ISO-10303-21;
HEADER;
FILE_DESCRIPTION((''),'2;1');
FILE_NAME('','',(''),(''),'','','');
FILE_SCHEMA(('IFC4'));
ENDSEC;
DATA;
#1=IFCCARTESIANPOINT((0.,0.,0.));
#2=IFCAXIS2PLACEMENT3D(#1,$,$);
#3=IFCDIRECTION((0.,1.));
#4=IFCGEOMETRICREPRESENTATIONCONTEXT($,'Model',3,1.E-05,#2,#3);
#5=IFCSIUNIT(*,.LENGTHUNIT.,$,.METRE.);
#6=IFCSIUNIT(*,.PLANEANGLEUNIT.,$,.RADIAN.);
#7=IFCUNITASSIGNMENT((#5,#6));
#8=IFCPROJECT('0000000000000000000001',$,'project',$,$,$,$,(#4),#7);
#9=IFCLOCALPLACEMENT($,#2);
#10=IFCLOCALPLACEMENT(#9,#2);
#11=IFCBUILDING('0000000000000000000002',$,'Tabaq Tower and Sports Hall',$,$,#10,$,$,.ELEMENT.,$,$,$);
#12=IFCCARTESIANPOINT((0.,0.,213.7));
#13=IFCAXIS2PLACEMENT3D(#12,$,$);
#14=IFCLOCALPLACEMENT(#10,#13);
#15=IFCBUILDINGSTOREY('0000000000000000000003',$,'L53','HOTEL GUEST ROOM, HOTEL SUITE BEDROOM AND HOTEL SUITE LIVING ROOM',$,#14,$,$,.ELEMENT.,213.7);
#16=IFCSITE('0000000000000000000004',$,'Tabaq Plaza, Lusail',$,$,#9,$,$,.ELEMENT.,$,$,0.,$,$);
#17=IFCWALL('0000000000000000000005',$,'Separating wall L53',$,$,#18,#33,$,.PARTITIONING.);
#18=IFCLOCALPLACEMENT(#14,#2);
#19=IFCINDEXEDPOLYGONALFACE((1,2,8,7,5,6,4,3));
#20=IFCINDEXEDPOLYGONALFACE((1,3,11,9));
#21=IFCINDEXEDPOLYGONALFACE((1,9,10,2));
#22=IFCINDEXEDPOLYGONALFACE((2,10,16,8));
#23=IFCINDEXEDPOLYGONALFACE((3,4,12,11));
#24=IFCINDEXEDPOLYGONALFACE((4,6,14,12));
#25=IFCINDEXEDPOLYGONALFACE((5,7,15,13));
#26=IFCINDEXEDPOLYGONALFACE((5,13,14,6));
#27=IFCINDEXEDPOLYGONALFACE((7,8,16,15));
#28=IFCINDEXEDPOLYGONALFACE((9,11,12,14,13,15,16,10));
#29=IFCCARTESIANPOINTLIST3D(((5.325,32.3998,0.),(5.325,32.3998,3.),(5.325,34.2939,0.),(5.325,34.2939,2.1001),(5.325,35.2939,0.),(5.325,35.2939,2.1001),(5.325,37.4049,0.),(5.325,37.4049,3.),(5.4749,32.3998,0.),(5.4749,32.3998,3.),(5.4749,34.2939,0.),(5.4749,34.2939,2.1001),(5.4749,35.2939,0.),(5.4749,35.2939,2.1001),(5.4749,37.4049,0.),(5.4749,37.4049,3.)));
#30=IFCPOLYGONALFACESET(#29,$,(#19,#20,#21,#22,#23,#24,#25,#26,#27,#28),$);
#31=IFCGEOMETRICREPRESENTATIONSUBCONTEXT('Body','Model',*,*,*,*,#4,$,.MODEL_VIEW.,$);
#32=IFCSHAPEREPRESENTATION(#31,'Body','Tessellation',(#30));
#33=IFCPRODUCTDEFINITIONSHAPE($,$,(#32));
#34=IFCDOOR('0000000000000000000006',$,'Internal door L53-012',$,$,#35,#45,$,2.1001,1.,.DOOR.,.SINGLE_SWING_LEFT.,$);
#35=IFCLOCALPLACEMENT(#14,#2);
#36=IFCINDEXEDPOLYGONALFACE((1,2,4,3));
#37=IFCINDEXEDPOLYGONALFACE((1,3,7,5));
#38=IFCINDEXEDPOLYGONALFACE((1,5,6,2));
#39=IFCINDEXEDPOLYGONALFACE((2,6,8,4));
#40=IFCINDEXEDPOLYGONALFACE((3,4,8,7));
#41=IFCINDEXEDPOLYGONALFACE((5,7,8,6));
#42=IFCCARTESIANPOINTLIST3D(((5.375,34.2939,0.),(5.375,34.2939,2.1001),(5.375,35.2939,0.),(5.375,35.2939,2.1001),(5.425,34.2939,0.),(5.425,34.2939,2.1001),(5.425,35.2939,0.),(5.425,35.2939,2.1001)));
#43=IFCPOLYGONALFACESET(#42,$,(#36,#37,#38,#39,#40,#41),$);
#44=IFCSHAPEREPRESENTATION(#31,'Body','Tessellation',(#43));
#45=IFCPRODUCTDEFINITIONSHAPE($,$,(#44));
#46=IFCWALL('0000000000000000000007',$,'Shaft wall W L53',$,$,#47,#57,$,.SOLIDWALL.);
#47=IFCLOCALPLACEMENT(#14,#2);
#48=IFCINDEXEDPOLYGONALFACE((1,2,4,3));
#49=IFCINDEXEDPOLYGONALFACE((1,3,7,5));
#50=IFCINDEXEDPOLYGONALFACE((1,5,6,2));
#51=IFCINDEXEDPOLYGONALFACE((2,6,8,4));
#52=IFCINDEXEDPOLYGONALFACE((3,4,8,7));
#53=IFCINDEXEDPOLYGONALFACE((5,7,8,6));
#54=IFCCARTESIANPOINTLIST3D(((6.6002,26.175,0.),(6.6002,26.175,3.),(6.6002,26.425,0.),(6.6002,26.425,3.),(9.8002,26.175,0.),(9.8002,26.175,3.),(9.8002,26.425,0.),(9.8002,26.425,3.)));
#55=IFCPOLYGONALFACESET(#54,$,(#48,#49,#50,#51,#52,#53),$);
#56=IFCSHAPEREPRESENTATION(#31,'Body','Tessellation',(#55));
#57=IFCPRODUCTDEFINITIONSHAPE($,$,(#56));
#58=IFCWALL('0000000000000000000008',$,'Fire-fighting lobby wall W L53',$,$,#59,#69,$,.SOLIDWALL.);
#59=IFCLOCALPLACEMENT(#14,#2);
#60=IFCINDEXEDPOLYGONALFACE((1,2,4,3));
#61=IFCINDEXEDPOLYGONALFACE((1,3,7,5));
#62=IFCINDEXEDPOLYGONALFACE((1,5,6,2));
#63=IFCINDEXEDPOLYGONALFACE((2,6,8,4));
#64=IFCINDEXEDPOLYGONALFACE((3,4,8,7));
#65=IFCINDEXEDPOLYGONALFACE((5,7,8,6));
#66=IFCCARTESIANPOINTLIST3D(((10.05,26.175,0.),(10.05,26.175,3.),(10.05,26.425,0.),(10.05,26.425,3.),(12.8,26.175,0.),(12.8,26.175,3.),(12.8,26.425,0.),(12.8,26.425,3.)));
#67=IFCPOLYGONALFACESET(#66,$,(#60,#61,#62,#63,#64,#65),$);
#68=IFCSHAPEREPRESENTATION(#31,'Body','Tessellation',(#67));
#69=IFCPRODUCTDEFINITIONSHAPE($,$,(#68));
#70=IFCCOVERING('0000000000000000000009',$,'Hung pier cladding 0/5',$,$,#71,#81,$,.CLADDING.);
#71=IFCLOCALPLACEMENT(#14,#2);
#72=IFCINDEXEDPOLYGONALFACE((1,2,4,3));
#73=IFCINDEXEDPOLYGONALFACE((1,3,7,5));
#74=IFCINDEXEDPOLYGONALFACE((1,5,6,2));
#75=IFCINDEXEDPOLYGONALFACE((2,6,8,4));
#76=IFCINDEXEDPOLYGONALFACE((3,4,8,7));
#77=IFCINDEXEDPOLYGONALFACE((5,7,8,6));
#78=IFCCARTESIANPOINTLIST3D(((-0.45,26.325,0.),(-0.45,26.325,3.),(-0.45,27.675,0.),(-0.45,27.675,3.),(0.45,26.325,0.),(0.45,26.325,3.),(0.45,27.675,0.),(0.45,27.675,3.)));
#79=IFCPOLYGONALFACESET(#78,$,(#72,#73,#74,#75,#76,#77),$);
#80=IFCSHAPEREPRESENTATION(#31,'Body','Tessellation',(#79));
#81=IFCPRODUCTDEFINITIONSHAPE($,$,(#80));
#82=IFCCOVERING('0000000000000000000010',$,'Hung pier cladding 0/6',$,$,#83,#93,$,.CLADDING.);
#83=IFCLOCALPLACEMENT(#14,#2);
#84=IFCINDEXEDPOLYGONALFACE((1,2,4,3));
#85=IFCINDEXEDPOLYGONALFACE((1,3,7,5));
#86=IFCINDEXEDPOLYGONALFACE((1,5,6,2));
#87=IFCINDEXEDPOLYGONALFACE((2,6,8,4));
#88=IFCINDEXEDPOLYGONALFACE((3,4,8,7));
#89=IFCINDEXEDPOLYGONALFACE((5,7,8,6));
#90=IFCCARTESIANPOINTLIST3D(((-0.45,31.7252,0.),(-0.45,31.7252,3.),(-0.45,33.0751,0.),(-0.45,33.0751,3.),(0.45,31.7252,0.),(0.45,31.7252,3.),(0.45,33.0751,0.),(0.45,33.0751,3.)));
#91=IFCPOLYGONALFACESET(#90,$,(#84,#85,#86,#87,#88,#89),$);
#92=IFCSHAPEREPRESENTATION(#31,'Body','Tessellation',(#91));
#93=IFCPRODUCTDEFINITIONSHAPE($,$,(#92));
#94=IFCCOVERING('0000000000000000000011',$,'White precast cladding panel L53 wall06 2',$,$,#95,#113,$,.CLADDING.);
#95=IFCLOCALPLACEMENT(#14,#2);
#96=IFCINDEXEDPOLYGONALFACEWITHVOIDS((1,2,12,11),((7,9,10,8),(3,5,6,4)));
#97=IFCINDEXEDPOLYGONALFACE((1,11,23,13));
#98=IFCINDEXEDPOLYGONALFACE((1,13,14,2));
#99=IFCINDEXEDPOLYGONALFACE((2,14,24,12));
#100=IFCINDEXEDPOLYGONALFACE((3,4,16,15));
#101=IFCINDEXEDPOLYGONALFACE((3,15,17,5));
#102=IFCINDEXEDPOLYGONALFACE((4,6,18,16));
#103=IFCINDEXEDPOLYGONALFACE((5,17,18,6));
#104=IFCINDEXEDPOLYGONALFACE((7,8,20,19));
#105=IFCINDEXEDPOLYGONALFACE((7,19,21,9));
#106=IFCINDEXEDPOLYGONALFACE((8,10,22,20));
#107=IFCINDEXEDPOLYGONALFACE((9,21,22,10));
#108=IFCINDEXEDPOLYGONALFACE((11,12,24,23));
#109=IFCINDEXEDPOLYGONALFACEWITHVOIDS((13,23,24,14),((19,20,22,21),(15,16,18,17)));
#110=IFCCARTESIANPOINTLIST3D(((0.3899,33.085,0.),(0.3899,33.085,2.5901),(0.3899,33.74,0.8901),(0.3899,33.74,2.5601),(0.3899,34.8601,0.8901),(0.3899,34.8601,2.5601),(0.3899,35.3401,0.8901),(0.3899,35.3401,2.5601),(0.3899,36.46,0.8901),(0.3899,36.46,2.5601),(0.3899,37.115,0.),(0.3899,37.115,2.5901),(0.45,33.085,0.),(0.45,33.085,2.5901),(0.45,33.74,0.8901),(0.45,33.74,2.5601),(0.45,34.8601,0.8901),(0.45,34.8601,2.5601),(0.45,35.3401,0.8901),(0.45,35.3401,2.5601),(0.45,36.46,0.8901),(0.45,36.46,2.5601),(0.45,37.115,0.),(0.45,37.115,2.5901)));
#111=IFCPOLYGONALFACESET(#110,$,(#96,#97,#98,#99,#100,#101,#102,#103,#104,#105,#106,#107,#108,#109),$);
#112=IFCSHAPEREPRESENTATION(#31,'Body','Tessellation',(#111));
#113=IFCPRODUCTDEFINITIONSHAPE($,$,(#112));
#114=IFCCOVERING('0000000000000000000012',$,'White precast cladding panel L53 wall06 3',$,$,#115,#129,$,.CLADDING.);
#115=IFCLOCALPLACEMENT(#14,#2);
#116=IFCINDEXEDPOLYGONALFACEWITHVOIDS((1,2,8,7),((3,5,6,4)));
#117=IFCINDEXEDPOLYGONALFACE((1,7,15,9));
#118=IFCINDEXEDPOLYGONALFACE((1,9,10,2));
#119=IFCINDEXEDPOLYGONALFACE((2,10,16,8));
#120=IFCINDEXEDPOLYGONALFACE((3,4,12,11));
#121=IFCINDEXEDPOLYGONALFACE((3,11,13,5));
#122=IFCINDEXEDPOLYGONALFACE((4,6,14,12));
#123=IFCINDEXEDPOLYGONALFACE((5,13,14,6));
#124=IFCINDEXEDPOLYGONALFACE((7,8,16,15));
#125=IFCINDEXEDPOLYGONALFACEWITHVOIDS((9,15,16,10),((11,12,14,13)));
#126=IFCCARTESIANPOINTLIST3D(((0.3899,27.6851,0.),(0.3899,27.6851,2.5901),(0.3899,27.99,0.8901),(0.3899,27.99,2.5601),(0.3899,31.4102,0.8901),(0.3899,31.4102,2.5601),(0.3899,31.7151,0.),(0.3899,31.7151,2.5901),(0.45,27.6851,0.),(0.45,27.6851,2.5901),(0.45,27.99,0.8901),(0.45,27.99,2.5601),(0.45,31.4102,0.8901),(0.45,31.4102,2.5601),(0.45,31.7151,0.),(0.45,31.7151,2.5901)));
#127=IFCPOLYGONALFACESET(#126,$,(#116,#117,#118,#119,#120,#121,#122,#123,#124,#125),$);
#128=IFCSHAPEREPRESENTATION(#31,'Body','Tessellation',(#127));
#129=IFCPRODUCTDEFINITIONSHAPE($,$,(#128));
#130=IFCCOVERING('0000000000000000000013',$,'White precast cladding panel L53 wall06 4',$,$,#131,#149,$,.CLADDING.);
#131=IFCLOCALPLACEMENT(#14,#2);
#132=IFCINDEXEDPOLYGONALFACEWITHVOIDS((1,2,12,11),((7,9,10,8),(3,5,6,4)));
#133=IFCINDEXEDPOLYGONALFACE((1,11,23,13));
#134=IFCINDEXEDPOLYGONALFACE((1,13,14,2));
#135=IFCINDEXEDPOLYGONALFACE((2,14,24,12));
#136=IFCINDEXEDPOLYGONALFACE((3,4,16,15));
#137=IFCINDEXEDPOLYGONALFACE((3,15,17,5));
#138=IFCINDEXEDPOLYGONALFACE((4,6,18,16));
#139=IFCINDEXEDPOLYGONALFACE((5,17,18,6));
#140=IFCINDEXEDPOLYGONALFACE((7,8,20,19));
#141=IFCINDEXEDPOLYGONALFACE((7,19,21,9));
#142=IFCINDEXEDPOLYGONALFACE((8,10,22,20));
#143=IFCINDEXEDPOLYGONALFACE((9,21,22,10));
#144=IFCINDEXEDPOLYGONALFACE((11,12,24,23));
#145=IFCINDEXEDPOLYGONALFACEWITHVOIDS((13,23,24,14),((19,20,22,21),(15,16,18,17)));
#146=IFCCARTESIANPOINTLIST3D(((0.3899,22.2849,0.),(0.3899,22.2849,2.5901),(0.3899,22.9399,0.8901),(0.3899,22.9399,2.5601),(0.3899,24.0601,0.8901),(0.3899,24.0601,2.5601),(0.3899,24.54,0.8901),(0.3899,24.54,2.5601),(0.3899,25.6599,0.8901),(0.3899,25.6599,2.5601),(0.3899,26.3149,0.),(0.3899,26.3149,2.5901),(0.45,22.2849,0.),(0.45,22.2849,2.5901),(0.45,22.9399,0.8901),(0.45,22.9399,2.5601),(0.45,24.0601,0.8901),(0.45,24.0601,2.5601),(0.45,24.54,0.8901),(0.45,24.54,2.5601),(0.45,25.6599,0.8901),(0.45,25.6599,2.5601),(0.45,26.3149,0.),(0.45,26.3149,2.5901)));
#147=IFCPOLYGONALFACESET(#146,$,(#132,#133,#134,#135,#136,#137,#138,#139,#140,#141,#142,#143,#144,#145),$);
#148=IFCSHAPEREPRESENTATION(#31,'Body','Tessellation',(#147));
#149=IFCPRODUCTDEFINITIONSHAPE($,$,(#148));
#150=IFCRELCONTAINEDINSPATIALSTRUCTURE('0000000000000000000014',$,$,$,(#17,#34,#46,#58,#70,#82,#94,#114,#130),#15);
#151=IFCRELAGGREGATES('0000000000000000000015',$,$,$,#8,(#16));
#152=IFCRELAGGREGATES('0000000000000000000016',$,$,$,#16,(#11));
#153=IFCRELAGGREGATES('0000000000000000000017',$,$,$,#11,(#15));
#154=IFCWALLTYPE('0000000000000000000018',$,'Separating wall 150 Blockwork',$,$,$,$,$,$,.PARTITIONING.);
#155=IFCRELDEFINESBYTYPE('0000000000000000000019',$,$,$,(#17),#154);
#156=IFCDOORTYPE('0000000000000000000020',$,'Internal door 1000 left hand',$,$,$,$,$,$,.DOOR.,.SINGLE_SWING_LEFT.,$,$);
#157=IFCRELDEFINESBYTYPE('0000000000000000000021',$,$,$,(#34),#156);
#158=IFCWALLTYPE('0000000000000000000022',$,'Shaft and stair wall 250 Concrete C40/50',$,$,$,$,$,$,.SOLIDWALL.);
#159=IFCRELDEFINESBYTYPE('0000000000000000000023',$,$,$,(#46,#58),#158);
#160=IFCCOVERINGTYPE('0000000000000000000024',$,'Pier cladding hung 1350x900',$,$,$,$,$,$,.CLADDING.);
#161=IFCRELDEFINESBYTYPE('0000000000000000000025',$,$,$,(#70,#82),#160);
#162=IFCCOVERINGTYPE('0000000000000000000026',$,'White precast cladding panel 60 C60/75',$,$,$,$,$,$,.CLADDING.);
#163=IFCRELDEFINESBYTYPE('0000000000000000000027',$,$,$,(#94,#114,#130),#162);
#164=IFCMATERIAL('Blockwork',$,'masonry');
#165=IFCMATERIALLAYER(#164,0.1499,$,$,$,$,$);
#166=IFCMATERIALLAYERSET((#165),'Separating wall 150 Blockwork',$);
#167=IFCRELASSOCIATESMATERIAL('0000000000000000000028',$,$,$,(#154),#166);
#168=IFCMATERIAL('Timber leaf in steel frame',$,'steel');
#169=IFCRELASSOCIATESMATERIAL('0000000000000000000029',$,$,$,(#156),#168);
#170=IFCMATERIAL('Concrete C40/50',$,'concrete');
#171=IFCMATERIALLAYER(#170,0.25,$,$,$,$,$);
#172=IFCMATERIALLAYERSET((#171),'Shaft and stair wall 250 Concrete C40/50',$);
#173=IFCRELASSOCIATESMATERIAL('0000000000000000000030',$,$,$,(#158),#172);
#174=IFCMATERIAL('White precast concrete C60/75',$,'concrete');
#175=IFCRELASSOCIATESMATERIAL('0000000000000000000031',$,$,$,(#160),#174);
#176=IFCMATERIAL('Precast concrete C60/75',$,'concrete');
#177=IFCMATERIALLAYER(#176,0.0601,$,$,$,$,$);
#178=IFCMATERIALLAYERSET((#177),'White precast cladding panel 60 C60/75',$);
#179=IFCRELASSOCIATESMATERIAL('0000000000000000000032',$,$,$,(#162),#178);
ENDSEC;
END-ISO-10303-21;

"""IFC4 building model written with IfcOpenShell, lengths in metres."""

from ifc_helpers import new_model, si_unit, direction, frame, frame_2d, origin, place, context, subcontext, project, spatial, polyline, rectangle, outline, extrude, material, layer, layer_set, type_object, element, fill, save


model = new_model("IFC4")

# Units and contexts
model_context = context("Model", 3, precision=1e-05, world=origin(), true_north=direction((0.0, 1.0)))
body_context = subcontext(model_context, "Body", "Model", "MODEL_VIEW")
ifc_project = project(units=[si_unit("LENGTHUNIT", "METRE"), si_unit("PLANEANGLEUNIT", "RADIAN")], contexts=[model_context])

# Site, building, storey
site_placement = place(None, origin())
site = spatial("IfcSite", under=ifc_project, at=site_placement, Name="Tabaq Plaza, Lusail", CompositionType="ELEMENT", RefElevation=0.0)
building_placement = place(site_placement, origin())
building = spatial("IfcBuilding", under=site, at=building_placement, Name="Tabaq Tower and Sports Hall", CompositionType="ELEMENT")
storey_placement = place(building_placement, frame((0.0, 0.0, 213.7)))
storey = spatial("IfcBuildingStorey", under=building, at=storey_placement, Name="L53", Description="HOTEL GUEST ROOM, HOTEL SUITE BEDROOM AND HOTEL SUITE LIVING ROOM", CompositionType="ELEMENT", Elevation=213.7)

# Shared definitions
ifc_material_1 = material(Name="Blockwork", Category="masonry")
ifc_layer_1 = layer(ifc_material_1, 0.1499)
ifc_layer_set_1 = layer_set([ifc_layer_1], Name="Separating wall 150 Blockwork")
wall_type_1 = type_object("IfcWallType", Name="Separating wall 150 Blockwork", PredefinedType="PARTITIONING", material=ifc_layer_set_1)

# Wall, opening, door
wall_1_placement = place(storey_placement, frame((5.3999, 32.3999, 0.0), z_axis=(0.0, 0.0, 1.0), x_axis=(0.0, 1.0, 0.0)))
wall_1 = element("IfcWall", 1, at=wall_1_placement, inside=storey, type_object=wall_type_1, Name="Separating wall L53", PredefinedType="PARTITIONING", context=body_context, shape_type="SweptSolid", body=[
    extrude(rectangle(XDim=5.0051, YDim=0.1499, at=frame_2d((2.5024, 0.0))), origin(), (0.0, 0.0, 1.0), 3.0),
])
opening_1_placement = place(wall_1_placement, frame((1.894, 0.0, 0.0)))
opening_1 = element("IfcOpeningElement", 2, at=opening_1_placement, cuts=wall_1, PredefinedType="OPENING", context=body_context, shape_type="SweptSolid", body=[
    extrude(rectangle(XDim=1.0, YDim=2.1001, at=frame_2d((0.5, 1.05))), frame((0.0, 0.075, 0.0), z_axis=(0.0, -1.0, 0.0), x_axis=(1.0, 0.0, 0.0)), (0.0, 0.0, 1.0), 0.1499),
])
ifc_material_2 = material(Name="Timber leaf in steel frame", Category="steel")
door_type_1 = type_object("IfcDoorType", Name="Internal door 1000 left hand", OperationType="SINGLE_SWING_LEFT", PredefinedType="DOOR", material=ifc_material_2)
door_1_placement = place(opening_1_placement, origin())
door_1 = element("IfcDoor", 3, at=door_1_placement, inside=storey, type_object=door_type_1, Name="Internal door L53-012", OperationType="SINGLE_SWING_LEFT", OverallHeight=2.1001, OverallWidth=1.0, PredefinedType="DOOR", context=body_context, shape_type="SweptSolid", body=[
    extrude(rectangle(XDim=1.0, YDim=2.1001, at=frame_2d((0.5, 1.05))), frame((0.0, 0.0249, 0.0), z_axis=(0.0, -1.0, 0.0), x_axis=(1.0, 0.0, 0.0)), (0.0, 0.0, 1.0), 0.05),
])
fill(opening_1, door_1)

# Walls
ifc_material_3 = material(Name="Concrete C40/50", Category="concrete")
ifc_layer_2 = layer(ifc_material_3, 0.25)
ifc_layer_set_2 = layer_set([ifc_layer_2], Name="Shaft and stair wall 250 Concrete C40/50")
wall_type_2 = type_object("IfcWallType", Name="Shaft and stair wall 250 Concrete C40/50", PredefinedType="SOLIDWALL", material=ifc_layer_set_2)
wall_2_placement = place(storey_placement, frame((6.6001, 26.3, 0.0), z_axis=(0.0, 0.0, 1.0), x_axis=(1.0, 0.0, 0.0)))
element("IfcWall", 4, at=wall_2_placement, inside=storey, type_object=wall_type_2, Name="Shaft wall W L53", PredefinedType="SOLIDWALL", context=body_context, shape_type="SweptSolid", body=[
    extrude(rectangle(XDim=3.2, YDim=0.25, at=frame_2d((1.6001, 0.0))), origin(), (0.0, 0.0, 1.0), 3.0),
])
wall_3_placement = place(storey_placement, frame((10.05, 26.3, 0.0), z_axis=(0.0, 0.0, 1.0), x_axis=(1.0, 0.0, 0.0)))
element("IfcWall", 5, at=wall_3_placement, inside=storey, type_object=wall_type_2, Name="Fire-fighting lobby wall W L53", PredefinedType="SOLIDWALL", context=body_context, shape_type="SweptSolid", body=[
    extrude(rectangle(XDim=2.75, YDim=0.25, at=frame_2d((1.375, 0.0))), origin(), (0.0, 0.0, 1.0), 3.0),
])

# Coverings
ifc_material_4 = material(Name="White precast concrete C60/75", Category="concrete")
covering_type_1 = type_object("IfcCoveringType", Name="Pier cladding hung 1350x900", PredefinedType="CLADDING", material=ifc_material_4)
covering_1_placement = place(storey_placement, frame((0.0, 27.675, 0.0), z_axis=(0.0, 0.0, 1.0), x_axis=(0.0, -1.0, 0.0)))
element("IfcCovering", 6, at=covering_1_placement, inside=storey, type_object=covering_type_1, Name="Hung pier cladding 0/5", PredefinedType="CLADDING", context=body_context, shape_type="SweptSolid", body=[
    extrude(rectangle(XDim=1.3501, YDim=0.8999, at=frame_2d((0.675, 0.0))), origin(), (0.0, 0.0, 1.0), 3.0),
])
covering_2_placement = place(storey_placement, frame((0.0, 33.075, 0.0), z_axis=(0.0, 0.0, 1.0), x_axis=(0.0, -1.0, 0.0)))
element("IfcCovering", 7, at=covering_2_placement, inside=storey, type_object=covering_type_1, Name="Hung pier cladding 0/6", PredefinedType="CLADDING", context=body_context, shape_type="SweptSolid", body=[
    extrude(rectangle(XDim=1.3499, YDim=0.8999, at=frame_2d((0.6748, 0.0))), origin(), (0.0, 0.0, 1.0), 3.0),
])
ifc_material_5 = material(Name="Precast concrete C60/75", Category="concrete")
ifc_layer_3 = layer(ifc_material_5, 0.0601)
ifc_layer_set_3 = layer_set([ifc_layer_3], Name="White precast cladding panel 60 C60/75")
covering_type_2 = type_object("IfcCoveringType", Name="White precast cladding panel 60 C60/75", PredefinedType="CLADDING", material=ifc_layer_set_3)
covering_3_placement = place(storey_placement, frame((0.4199, 37.115, 0.0), z_axis=(0.0, 0.0, 1.0), x_axis=(0.0, -1.0, 0.0)))
element("IfcCovering", 8, at=covering_3_placement, inside=storey, type_object=covering_type_2, Name="White precast cladding panel L53 wall06 2", PredefinedType="CLADDING", context=body_context, shape_type="SweptSolid", body=[
    extrude(outline(polyline([(0.0, 0.0), (4.03, 0.0), (4.03, 2.5901), (0.0, 2.5901), (0.0, 0.0)]), holes=[polyline([(0.655, 0.8901), (0.655, 2.5601), (1.7749, 2.5601), (1.7749, 0.8901), (0.655, 0.8901)]), polyline([(2.2549, 0.8901), (2.2549, 2.5601), (3.375, 2.5601), (3.375, 0.8901), (2.2549, 0.8901)])]), frame((0.0, 0.03, 0.0), z_axis=(0.0, -1.0, 0.0), x_axis=(1.0, 0.0, 0.0)), (0.0, 0.0, 1.0), 0.0601),
])
covering_4_placement = place(storey_placement, frame((0.4199, 31.7151, 0.0), z_axis=(0.0, 0.0, 1.0), x_axis=(0.0, -1.0, 0.0)))
element("IfcCovering", 9, at=covering_4_placement, inside=storey, type_object=covering_type_2, Name="White precast cladding panel L53 wall06 3", PredefinedType="CLADDING", context=body_context, shape_type="SweptSolid", body=[
    extrude(outline(polyline([(0.0, 0.0), (4.03, 0.0), (4.03, 2.5901), (0.0, 2.5901), (0.0, 0.0)]), holes=[polyline([(3.7251, 0.8901), (0.3049, 0.8901), (0.3049, 2.5601), (3.7251, 2.5601), (3.7251, 0.8901)])]), frame((0.0, 0.03, 0.0), z_axis=(0.0, -1.0, 0.0), x_axis=(1.0, 0.0, 0.0)), (0.0, 0.0, 1.0), 0.0601),
])
covering_5_placement = place(storey_placement, frame((0.4199, 26.3149, 0.0), z_axis=(0.0, 0.0, 1.0), x_axis=(0.0, -1.0, 0.0)))
element("IfcCovering", 10, at=covering_5_placement, inside=storey, type_object=covering_type_2, Name="White precast cladding panel L53 wall06 4", PredefinedType="CLADDING", context=body_context, shape_type="SweptSolid", body=[
    extrude(outline(polyline([(0.0, 0.0), (4.03, 0.0), (4.03, 2.5901), (0.0, 2.5901), (0.0, 0.0)]), holes=[polyline([(0.655, 0.8901), (0.655, 2.5601), (1.7749, 2.5601), (1.7749, 0.8901), (0.655, 0.8901)]), polyline([(2.2549, 0.8901), (2.2549, 2.5601), (3.375, 2.5601), (3.375, 0.8901), (2.2549, 0.8901)])]), frame((0.0, 0.03, 0.0), z_axis=(0.0, -1.0, 0.0), x_axis=(1.0, 0.0, 0.0)), (0.0, 0.0, 1.0), 0.0601),
])

save(model, "model.ifc")
